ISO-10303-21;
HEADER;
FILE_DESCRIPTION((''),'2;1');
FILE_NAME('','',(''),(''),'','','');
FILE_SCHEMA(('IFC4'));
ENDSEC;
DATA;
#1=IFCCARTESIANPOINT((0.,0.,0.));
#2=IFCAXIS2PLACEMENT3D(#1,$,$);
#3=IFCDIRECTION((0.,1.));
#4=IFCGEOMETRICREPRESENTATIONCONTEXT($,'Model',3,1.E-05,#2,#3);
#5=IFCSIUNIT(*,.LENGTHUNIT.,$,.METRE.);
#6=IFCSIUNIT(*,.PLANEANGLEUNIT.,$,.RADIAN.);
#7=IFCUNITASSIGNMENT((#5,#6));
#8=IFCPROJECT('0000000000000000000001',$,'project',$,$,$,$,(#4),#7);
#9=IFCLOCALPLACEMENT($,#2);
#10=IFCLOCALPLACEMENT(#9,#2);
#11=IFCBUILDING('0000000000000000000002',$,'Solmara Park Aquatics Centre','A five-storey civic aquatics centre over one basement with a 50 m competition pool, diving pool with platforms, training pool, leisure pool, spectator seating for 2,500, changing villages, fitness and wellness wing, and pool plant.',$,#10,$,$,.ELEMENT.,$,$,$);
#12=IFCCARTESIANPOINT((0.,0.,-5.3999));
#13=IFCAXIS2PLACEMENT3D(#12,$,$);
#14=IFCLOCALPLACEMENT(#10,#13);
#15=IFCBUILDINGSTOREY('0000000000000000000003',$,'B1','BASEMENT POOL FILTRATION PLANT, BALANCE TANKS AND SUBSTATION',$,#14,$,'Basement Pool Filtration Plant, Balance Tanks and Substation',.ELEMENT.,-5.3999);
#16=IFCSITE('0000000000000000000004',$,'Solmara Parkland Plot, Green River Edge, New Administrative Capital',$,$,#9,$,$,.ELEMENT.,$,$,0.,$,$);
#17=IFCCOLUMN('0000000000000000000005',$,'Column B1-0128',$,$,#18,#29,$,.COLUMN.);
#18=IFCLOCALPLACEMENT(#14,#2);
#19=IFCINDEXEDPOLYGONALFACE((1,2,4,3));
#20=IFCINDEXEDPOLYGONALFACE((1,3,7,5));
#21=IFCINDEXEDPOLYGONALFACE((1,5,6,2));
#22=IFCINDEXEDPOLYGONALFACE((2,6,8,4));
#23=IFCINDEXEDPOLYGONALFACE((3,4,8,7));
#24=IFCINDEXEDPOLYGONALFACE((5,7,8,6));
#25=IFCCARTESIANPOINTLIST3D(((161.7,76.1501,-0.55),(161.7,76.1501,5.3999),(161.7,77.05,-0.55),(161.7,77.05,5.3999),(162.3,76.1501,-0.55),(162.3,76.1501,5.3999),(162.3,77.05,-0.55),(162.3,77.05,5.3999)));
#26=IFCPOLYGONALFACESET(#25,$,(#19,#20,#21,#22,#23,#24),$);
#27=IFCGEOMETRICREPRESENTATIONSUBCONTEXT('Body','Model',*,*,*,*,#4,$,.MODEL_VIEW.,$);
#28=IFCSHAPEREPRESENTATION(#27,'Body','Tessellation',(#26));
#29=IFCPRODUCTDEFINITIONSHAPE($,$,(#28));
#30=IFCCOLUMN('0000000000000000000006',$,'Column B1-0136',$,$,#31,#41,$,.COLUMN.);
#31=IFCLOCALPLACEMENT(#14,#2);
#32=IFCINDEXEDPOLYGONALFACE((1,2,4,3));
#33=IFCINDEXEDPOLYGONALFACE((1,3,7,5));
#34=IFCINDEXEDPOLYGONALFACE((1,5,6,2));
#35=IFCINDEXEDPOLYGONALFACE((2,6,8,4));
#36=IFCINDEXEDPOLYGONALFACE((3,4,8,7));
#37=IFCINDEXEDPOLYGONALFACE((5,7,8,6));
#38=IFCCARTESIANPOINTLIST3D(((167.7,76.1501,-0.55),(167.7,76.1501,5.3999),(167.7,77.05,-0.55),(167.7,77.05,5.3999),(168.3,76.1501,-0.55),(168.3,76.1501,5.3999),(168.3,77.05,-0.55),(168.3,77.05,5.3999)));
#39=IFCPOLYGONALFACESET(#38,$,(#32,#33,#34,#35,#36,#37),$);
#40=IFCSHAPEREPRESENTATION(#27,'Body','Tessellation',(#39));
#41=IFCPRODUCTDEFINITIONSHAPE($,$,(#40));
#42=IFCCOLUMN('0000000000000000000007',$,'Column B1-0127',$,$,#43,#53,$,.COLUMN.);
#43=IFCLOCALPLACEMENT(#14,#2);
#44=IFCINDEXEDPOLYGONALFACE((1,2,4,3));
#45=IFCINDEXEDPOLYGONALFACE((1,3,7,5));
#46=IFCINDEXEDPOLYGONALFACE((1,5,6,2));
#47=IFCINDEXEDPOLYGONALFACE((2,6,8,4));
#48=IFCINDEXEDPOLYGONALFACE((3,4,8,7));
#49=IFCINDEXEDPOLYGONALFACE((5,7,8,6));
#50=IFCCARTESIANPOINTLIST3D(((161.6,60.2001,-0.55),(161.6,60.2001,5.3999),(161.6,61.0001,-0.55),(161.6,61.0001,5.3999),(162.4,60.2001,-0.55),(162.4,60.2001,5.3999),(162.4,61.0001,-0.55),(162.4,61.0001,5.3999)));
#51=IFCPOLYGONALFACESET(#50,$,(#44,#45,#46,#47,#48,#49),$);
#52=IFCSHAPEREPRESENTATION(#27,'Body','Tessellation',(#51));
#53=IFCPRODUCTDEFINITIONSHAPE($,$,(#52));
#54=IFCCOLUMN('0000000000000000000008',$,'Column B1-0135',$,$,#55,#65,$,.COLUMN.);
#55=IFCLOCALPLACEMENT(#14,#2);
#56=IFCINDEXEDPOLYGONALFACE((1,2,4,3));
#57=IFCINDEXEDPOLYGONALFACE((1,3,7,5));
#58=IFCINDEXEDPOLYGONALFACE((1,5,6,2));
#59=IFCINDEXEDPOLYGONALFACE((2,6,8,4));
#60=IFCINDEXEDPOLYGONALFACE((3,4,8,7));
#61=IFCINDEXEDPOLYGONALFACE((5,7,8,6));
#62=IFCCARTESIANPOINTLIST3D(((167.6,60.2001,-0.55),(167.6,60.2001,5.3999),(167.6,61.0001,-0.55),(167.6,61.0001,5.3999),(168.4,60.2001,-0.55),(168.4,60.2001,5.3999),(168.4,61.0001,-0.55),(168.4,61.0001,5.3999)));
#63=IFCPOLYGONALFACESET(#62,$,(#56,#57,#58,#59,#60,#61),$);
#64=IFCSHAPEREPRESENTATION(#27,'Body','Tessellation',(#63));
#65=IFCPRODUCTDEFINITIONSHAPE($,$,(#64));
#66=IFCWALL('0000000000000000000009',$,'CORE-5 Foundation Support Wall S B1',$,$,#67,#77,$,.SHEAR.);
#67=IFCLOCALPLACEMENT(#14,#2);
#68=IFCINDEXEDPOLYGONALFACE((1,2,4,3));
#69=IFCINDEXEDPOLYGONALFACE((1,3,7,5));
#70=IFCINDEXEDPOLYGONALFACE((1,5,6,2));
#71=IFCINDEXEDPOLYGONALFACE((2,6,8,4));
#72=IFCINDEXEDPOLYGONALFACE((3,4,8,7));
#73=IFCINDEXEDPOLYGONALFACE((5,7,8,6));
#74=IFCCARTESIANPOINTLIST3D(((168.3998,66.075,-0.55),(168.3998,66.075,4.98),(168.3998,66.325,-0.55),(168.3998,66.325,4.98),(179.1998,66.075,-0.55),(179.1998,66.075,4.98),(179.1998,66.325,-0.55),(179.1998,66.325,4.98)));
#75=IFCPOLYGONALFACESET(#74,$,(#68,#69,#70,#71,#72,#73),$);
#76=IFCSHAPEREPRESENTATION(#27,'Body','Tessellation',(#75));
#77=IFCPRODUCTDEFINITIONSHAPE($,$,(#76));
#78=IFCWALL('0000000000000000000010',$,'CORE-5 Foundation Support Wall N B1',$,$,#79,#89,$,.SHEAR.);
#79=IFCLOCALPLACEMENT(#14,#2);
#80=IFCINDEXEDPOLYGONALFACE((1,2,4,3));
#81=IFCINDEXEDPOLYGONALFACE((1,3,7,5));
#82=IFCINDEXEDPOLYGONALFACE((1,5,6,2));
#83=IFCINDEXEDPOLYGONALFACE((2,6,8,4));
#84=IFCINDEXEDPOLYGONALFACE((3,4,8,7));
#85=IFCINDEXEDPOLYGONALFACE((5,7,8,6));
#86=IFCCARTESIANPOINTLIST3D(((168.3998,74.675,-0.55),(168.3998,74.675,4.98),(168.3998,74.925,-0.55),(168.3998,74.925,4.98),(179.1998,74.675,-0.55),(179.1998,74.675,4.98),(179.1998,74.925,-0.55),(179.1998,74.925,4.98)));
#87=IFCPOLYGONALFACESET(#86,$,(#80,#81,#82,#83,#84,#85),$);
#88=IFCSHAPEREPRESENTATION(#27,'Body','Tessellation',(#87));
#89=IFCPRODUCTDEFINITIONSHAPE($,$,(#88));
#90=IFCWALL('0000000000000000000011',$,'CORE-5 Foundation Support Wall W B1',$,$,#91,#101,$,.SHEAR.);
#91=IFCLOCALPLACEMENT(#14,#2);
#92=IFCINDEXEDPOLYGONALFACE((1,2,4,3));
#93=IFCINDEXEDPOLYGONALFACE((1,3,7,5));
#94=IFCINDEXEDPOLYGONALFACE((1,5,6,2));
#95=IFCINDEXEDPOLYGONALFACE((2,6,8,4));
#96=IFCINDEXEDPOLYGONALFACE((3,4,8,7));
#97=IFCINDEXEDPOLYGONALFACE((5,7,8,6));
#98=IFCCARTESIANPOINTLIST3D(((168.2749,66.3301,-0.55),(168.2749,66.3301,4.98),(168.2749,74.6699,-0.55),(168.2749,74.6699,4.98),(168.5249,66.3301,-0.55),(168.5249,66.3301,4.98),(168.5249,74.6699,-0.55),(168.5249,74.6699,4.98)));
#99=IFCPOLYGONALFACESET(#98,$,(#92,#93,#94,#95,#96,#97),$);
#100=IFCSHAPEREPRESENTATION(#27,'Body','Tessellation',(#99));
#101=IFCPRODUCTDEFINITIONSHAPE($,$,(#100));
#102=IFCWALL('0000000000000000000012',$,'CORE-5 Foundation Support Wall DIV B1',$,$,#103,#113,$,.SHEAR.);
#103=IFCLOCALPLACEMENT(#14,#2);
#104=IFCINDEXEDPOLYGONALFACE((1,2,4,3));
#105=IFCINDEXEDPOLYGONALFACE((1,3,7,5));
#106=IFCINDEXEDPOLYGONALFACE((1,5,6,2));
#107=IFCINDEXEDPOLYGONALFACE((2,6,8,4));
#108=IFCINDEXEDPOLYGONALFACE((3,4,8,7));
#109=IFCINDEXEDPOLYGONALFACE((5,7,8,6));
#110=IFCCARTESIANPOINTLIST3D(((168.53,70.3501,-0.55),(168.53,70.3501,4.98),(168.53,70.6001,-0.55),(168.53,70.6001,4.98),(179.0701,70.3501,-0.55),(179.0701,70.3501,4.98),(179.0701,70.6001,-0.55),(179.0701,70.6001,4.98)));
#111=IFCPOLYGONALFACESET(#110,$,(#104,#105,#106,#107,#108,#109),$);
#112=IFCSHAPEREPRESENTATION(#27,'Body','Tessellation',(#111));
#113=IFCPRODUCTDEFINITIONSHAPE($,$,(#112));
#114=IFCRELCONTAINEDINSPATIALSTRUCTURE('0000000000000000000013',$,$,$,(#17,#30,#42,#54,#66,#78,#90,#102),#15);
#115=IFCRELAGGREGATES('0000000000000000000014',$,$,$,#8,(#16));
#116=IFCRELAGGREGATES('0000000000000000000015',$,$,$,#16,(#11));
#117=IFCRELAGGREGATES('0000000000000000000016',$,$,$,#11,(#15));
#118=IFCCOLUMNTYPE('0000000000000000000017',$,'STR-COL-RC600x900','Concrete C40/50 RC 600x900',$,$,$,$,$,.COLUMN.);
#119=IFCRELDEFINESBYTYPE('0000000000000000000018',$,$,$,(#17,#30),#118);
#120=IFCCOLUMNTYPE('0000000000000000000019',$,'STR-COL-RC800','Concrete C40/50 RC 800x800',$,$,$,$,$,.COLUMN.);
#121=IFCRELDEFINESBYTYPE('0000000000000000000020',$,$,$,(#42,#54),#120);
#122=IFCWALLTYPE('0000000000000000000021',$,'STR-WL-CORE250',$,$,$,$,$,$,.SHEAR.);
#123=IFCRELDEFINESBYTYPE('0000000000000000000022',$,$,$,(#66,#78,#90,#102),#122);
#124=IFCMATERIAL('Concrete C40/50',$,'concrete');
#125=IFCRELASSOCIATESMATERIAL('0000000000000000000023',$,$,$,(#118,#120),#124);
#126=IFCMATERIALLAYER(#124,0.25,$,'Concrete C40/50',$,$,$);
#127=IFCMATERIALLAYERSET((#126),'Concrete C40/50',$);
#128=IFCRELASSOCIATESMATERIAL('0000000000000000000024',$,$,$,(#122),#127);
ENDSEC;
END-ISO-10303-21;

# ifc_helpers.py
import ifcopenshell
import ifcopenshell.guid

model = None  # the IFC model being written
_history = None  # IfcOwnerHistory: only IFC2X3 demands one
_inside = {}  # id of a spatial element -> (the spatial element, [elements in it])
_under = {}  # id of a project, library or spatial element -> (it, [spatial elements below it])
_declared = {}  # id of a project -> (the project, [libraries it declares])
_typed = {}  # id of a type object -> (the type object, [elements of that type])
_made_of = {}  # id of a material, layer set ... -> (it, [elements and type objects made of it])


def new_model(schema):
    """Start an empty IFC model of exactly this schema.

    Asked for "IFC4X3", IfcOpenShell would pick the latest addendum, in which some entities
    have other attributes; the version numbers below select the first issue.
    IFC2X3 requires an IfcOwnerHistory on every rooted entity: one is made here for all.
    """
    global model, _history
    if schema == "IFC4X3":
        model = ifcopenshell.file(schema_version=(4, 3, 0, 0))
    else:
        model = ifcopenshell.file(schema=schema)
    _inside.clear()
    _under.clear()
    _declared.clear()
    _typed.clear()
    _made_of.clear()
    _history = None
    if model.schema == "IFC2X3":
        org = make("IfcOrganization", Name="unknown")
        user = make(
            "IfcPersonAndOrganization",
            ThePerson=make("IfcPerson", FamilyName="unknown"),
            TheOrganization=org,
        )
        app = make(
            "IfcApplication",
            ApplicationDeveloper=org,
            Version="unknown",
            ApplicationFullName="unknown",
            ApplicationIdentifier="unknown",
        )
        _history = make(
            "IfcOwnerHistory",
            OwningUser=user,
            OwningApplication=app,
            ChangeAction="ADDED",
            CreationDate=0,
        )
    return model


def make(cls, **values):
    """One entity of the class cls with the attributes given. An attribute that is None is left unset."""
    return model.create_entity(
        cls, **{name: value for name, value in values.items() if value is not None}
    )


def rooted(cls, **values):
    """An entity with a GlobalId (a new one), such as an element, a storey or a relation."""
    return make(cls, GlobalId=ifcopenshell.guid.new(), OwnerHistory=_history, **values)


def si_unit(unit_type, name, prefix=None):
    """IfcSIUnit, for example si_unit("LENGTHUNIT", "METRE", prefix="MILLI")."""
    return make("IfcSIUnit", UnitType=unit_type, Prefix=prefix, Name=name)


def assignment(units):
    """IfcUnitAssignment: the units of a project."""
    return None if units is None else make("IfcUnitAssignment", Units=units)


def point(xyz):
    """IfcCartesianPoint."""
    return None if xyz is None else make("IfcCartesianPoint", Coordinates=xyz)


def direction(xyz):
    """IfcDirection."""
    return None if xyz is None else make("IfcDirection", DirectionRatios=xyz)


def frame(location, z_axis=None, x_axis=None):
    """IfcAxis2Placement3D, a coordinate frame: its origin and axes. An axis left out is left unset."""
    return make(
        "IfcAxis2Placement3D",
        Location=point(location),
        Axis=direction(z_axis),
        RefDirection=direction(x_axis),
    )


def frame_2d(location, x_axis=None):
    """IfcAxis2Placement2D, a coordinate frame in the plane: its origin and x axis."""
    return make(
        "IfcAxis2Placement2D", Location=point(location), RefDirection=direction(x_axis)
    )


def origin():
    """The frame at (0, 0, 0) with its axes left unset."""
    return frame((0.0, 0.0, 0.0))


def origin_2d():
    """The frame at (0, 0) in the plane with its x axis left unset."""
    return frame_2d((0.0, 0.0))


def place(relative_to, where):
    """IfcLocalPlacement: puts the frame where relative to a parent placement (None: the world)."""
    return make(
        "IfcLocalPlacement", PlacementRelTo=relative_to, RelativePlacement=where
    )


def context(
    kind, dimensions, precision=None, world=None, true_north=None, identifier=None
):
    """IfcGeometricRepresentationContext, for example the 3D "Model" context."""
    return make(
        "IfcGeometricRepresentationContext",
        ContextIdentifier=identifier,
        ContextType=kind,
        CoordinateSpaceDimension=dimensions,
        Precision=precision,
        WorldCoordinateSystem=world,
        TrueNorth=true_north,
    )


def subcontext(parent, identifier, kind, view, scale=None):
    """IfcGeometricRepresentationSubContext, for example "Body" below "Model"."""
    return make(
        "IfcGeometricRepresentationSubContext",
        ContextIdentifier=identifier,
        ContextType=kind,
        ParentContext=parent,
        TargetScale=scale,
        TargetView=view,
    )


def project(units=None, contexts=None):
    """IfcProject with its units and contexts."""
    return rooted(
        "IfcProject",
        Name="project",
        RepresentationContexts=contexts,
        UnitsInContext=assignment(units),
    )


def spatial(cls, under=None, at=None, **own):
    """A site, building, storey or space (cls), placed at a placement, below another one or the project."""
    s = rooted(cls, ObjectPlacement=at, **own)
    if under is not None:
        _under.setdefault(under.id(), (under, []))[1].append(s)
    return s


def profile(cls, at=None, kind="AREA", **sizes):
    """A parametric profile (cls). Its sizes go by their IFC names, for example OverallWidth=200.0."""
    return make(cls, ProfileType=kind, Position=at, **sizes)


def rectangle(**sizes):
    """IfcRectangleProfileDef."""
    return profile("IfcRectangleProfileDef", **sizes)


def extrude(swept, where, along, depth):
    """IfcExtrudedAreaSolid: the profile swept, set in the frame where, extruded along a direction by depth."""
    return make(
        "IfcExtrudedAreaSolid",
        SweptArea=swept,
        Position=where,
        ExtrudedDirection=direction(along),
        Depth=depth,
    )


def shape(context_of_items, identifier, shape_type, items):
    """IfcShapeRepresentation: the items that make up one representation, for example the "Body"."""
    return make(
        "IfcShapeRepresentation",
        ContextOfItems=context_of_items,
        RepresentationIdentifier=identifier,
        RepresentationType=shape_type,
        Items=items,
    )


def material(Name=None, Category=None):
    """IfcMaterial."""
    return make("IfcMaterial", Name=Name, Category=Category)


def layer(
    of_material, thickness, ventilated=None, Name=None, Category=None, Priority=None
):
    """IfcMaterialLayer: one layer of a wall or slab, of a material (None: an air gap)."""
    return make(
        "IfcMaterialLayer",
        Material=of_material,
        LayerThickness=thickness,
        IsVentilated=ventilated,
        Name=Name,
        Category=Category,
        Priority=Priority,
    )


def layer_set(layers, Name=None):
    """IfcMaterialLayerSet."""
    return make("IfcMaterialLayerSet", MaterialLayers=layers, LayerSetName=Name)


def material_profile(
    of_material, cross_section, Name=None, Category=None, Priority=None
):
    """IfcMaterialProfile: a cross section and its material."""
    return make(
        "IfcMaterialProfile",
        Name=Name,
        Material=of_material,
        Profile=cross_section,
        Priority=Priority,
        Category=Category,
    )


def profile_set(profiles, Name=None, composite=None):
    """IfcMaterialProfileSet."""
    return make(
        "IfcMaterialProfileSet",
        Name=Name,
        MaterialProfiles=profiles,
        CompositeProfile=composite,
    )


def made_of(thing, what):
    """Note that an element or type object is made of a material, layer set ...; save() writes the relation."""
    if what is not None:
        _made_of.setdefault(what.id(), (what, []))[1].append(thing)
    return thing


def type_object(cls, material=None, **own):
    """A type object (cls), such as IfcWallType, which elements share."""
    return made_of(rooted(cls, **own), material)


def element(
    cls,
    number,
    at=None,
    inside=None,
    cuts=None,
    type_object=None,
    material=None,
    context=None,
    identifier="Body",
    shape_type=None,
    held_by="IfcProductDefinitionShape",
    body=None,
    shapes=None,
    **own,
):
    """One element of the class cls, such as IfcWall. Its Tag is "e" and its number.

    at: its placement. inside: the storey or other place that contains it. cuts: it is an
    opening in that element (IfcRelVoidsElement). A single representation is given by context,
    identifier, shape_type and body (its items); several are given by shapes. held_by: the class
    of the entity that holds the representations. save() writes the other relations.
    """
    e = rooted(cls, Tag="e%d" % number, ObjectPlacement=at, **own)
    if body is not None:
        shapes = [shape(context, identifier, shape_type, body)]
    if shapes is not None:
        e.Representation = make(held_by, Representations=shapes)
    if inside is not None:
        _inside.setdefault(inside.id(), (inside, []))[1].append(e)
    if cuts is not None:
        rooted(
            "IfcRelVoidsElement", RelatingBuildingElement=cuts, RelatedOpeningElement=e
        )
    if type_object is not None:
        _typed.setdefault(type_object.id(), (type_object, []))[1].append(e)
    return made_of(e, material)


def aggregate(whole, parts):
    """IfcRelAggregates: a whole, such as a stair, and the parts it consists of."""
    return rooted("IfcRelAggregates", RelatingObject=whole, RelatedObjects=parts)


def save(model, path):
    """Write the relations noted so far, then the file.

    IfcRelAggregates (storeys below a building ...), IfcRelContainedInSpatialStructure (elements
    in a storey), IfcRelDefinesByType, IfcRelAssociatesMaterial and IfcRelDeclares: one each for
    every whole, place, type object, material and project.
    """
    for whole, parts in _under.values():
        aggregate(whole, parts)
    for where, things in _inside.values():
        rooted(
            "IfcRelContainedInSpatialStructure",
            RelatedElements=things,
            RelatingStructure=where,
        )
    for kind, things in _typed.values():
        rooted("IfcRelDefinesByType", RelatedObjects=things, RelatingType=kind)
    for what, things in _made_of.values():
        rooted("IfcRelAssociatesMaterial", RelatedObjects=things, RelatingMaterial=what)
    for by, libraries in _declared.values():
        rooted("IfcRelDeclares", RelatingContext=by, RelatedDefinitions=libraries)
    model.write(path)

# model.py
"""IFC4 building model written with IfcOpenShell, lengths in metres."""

from ifc_helpers import new_model, si_unit, direction, frame, frame_2d, origin, origin_2d, place, context, subcontext, project, spatial, rectangle, extrude, material, layer, layer_set, material_profile, profile_set, type_object, element, save


model = new_model("IFC4")

# Units and contexts
model_context = context("Model", 3, precision=1e-05, world=origin(), true_north=direction((0.0, 1.0)))
body_context = subcontext(model_context, "Body", "Model", "MODEL_VIEW")
ifc_project = project(units=[si_unit("LENGTHUNIT", "METRE"), si_unit("PLANEANGLEUNIT", "RADIAN")], contexts=[model_context])

# Site, building, storey
site_placement = place(None, origin())
site = spatial("IfcSite", under=ifc_project, at=site_placement, Name="Solmara Parkland Plot, Green River Edge, New Administrative Capital", CompositionType="ELEMENT", RefElevation=0.0)
building_placement = place(site_placement, origin())
building = spatial("IfcBuilding", under=site, at=building_placement, Name="Solmara Park Aquatics Centre", Description="A five-storey civic aquatics centre over one basement with a 50 m competition pool, diving pool with platforms, training pool, leisure pool, spectator seating for 2,500, changing villages, fitness and wellness wing, and pool plant.", CompositionType="ELEMENT")
storey_placement = place(building_placement, frame((0.0, 0.0, -5.3999)))
storey = spatial("IfcBuildingStorey", under=building, at=storey_placement, Name="B1", Description="BASEMENT POOL FILTRATION PLANT, BALANCE TANKS AND SUBSTATION", LongName="Basement Pool Filtration Plant, Balance Tanks and Substation", CompositionType="ELEMENT", Elevation=-5.3999)

# Columns
ifc_material_1 = material(Name="Concrete C40/50", Category="concrete")
ifc_material_profile_1 = material_profile(ifc_material_1, rectangle(XDim=0.6001, YDim=0.8999, at=origin_2d()), Name="RC 600x900")
ifc_profile_set_1 = profile_set([ifc_material_profile_1], Name="Concrete C40/50")
column_type_1 = type_object("IfcColumnType", Name="STR-COL-RC600x900", Description="Concrete C40/50 RC 600x900", PredefinedType="COLUMN", material=ifc_profile_set_1)
for number, where, z_axis, x_axis, name in (
    (1, (162.0, 76.6001, -0.55), (0.0, 0.0, 1.0), (1.0, 0.0, 0.0), "Column B1-0128"),
    (2, (168.0, 76.6001, -0.55), (0.0, 0.0, 1.0), (1.0, 0.0, 0.0), "Column B1-0136"),
):
    element("IfcColumn", number, at=place(storey_placement, frame(where, z_axis=z_axis, x_axis=x_axis)), inside=storey, type_object=column_type_1, Name=name, PredefinedType="COLUMN", context=body_context, shape_type="SweptSolid", body=[
        extrude(rectangle(XDim=0.6001, YDim=0.8999, at=origin_2d()), origin(), (0.0, 0.0, 1.0), 5.95),
    ])
ifc_material_profile_2 = material_profile(ifc_material_1, rectangle(XDim=0.8, YDim=0.8, at=origin_2d()), Name="RC 800x800")
ifc_profile_set_2 = profile_set([ifc_material_profile_2], Name="Concrete C40/50")
column_type_2 = type_object("IfcColumnType", Name="STR-COL-RC800", Description="Concrete C40/50 RC 800x800", PredefinedType="COLUMN", material=ifc_profile_set_2)
for number, where, z_axis, x_axis, name in (
    (3, (162.0, 60.6001, -0.55), (0.0, 0.0, 1.0), (1.0, 0.0, 0.0), "Column B1-0127"),
    (4, (168.0, 60.6001, -0.55), (0.0, 0.0, 1.0), (1.0, 0.0, 0.0), "Column B1-0135"),
):
    element("IfcColumn", number, at=place(storey_placement, frame(where, z_axis=z_axis, x_axis=x_axis)), inside=storey, type_object=column_type_2, Name=name, PredefinedType="COLUMN", context=body_context, shape_type="SweptSolid", body=[
        extrude(rectangle(XDim=0.8, YDim=0.8, at=origin_2d()), origin(), (0.0, 0.0, 1.0), 5.95),
    ])

# Walls
ifc_layer = layer(ifc_material_1, 0.25, Name="Concrete C40/50")
ifc_layer_set = layer_set([ifc_layer], Name="Concrete C40/50")
wall_type = type_object("IfcWallType", Name="STR-WL-CORE250", PredefinedType="SHEAR", material=ifc_layer_set)
for number, where, z_axis, x_axis, name in (
    (5, (168.3999, 66.2, -0.55), (0.0, 0.0, 1.0), (1.0, 0.0, 0.0), "CORE-5 Foundation Support Wall S B1"),
    (6, (168.3999, 74.8, -0.55), (0.0, 0.0, 1.0), (1.0, 0.0, 0.0), "CORE-5 Foundation Support Wall N B1"),
):
    element("IfcWall", number, at=place(storey_placement, frame(where, z_axis=z_axis, x_axis=x_axis)), inside=storey, type_object=wall_type, Name=name, PredefinedType="SHEAR", context=body_context, shape_type="SweptSolid", body=[
        extrude(rectangle(XDim=10.8, YDim=0.25, at=frame_2d((5.3999, 0.0))), origin(), (0.0, 0.0, 1.0), 5.53),
    ])
wall_1_placement = place(storey_placement, frame((168.3999, 66.3301, -0.55), z_axis=(0.0, 0.0, 1.0), x_axis=(0.0, 1.0, 0.0)))
element("IfcWall", 7, at=wall_1_placement, inside=storey, type_object=wall_type, Name="CORE-5 Foundation Support Wall W B1", PredefinedType="SHEAR", context=body_context, shape_type="SweptSolid", body=[
    extrude(rectangle(XDim=8.3398, YDim=0.25, at=frame_2d((4.1699, 0.0))), origin(), (0.0, 0.0, 1.0), 5.53),
])
wall_2_placement = place(storey_placement, frame((168.53, 70.4751, -0.55), z_axis=(0.0, 0.0, 1.0), x_axis=(1.0, 0.0, 0.0)))
element("IfcWall", 8, at=wall_2_placement, inside=storey, type_object=wall_type, Name="CORE-5 Foundation Support Wall DIV B1", PredefinedType="SHEAR", context=body_context, shape_type="SweptSolid", body=[
    extrude(rectangle(XDim=10.54, YDim=0.25, at=frame_2d((5.27, 0.0))), origin(), (0.0, 0.0, 1.0), 5.53),
])

save(model, "model.ifc")
